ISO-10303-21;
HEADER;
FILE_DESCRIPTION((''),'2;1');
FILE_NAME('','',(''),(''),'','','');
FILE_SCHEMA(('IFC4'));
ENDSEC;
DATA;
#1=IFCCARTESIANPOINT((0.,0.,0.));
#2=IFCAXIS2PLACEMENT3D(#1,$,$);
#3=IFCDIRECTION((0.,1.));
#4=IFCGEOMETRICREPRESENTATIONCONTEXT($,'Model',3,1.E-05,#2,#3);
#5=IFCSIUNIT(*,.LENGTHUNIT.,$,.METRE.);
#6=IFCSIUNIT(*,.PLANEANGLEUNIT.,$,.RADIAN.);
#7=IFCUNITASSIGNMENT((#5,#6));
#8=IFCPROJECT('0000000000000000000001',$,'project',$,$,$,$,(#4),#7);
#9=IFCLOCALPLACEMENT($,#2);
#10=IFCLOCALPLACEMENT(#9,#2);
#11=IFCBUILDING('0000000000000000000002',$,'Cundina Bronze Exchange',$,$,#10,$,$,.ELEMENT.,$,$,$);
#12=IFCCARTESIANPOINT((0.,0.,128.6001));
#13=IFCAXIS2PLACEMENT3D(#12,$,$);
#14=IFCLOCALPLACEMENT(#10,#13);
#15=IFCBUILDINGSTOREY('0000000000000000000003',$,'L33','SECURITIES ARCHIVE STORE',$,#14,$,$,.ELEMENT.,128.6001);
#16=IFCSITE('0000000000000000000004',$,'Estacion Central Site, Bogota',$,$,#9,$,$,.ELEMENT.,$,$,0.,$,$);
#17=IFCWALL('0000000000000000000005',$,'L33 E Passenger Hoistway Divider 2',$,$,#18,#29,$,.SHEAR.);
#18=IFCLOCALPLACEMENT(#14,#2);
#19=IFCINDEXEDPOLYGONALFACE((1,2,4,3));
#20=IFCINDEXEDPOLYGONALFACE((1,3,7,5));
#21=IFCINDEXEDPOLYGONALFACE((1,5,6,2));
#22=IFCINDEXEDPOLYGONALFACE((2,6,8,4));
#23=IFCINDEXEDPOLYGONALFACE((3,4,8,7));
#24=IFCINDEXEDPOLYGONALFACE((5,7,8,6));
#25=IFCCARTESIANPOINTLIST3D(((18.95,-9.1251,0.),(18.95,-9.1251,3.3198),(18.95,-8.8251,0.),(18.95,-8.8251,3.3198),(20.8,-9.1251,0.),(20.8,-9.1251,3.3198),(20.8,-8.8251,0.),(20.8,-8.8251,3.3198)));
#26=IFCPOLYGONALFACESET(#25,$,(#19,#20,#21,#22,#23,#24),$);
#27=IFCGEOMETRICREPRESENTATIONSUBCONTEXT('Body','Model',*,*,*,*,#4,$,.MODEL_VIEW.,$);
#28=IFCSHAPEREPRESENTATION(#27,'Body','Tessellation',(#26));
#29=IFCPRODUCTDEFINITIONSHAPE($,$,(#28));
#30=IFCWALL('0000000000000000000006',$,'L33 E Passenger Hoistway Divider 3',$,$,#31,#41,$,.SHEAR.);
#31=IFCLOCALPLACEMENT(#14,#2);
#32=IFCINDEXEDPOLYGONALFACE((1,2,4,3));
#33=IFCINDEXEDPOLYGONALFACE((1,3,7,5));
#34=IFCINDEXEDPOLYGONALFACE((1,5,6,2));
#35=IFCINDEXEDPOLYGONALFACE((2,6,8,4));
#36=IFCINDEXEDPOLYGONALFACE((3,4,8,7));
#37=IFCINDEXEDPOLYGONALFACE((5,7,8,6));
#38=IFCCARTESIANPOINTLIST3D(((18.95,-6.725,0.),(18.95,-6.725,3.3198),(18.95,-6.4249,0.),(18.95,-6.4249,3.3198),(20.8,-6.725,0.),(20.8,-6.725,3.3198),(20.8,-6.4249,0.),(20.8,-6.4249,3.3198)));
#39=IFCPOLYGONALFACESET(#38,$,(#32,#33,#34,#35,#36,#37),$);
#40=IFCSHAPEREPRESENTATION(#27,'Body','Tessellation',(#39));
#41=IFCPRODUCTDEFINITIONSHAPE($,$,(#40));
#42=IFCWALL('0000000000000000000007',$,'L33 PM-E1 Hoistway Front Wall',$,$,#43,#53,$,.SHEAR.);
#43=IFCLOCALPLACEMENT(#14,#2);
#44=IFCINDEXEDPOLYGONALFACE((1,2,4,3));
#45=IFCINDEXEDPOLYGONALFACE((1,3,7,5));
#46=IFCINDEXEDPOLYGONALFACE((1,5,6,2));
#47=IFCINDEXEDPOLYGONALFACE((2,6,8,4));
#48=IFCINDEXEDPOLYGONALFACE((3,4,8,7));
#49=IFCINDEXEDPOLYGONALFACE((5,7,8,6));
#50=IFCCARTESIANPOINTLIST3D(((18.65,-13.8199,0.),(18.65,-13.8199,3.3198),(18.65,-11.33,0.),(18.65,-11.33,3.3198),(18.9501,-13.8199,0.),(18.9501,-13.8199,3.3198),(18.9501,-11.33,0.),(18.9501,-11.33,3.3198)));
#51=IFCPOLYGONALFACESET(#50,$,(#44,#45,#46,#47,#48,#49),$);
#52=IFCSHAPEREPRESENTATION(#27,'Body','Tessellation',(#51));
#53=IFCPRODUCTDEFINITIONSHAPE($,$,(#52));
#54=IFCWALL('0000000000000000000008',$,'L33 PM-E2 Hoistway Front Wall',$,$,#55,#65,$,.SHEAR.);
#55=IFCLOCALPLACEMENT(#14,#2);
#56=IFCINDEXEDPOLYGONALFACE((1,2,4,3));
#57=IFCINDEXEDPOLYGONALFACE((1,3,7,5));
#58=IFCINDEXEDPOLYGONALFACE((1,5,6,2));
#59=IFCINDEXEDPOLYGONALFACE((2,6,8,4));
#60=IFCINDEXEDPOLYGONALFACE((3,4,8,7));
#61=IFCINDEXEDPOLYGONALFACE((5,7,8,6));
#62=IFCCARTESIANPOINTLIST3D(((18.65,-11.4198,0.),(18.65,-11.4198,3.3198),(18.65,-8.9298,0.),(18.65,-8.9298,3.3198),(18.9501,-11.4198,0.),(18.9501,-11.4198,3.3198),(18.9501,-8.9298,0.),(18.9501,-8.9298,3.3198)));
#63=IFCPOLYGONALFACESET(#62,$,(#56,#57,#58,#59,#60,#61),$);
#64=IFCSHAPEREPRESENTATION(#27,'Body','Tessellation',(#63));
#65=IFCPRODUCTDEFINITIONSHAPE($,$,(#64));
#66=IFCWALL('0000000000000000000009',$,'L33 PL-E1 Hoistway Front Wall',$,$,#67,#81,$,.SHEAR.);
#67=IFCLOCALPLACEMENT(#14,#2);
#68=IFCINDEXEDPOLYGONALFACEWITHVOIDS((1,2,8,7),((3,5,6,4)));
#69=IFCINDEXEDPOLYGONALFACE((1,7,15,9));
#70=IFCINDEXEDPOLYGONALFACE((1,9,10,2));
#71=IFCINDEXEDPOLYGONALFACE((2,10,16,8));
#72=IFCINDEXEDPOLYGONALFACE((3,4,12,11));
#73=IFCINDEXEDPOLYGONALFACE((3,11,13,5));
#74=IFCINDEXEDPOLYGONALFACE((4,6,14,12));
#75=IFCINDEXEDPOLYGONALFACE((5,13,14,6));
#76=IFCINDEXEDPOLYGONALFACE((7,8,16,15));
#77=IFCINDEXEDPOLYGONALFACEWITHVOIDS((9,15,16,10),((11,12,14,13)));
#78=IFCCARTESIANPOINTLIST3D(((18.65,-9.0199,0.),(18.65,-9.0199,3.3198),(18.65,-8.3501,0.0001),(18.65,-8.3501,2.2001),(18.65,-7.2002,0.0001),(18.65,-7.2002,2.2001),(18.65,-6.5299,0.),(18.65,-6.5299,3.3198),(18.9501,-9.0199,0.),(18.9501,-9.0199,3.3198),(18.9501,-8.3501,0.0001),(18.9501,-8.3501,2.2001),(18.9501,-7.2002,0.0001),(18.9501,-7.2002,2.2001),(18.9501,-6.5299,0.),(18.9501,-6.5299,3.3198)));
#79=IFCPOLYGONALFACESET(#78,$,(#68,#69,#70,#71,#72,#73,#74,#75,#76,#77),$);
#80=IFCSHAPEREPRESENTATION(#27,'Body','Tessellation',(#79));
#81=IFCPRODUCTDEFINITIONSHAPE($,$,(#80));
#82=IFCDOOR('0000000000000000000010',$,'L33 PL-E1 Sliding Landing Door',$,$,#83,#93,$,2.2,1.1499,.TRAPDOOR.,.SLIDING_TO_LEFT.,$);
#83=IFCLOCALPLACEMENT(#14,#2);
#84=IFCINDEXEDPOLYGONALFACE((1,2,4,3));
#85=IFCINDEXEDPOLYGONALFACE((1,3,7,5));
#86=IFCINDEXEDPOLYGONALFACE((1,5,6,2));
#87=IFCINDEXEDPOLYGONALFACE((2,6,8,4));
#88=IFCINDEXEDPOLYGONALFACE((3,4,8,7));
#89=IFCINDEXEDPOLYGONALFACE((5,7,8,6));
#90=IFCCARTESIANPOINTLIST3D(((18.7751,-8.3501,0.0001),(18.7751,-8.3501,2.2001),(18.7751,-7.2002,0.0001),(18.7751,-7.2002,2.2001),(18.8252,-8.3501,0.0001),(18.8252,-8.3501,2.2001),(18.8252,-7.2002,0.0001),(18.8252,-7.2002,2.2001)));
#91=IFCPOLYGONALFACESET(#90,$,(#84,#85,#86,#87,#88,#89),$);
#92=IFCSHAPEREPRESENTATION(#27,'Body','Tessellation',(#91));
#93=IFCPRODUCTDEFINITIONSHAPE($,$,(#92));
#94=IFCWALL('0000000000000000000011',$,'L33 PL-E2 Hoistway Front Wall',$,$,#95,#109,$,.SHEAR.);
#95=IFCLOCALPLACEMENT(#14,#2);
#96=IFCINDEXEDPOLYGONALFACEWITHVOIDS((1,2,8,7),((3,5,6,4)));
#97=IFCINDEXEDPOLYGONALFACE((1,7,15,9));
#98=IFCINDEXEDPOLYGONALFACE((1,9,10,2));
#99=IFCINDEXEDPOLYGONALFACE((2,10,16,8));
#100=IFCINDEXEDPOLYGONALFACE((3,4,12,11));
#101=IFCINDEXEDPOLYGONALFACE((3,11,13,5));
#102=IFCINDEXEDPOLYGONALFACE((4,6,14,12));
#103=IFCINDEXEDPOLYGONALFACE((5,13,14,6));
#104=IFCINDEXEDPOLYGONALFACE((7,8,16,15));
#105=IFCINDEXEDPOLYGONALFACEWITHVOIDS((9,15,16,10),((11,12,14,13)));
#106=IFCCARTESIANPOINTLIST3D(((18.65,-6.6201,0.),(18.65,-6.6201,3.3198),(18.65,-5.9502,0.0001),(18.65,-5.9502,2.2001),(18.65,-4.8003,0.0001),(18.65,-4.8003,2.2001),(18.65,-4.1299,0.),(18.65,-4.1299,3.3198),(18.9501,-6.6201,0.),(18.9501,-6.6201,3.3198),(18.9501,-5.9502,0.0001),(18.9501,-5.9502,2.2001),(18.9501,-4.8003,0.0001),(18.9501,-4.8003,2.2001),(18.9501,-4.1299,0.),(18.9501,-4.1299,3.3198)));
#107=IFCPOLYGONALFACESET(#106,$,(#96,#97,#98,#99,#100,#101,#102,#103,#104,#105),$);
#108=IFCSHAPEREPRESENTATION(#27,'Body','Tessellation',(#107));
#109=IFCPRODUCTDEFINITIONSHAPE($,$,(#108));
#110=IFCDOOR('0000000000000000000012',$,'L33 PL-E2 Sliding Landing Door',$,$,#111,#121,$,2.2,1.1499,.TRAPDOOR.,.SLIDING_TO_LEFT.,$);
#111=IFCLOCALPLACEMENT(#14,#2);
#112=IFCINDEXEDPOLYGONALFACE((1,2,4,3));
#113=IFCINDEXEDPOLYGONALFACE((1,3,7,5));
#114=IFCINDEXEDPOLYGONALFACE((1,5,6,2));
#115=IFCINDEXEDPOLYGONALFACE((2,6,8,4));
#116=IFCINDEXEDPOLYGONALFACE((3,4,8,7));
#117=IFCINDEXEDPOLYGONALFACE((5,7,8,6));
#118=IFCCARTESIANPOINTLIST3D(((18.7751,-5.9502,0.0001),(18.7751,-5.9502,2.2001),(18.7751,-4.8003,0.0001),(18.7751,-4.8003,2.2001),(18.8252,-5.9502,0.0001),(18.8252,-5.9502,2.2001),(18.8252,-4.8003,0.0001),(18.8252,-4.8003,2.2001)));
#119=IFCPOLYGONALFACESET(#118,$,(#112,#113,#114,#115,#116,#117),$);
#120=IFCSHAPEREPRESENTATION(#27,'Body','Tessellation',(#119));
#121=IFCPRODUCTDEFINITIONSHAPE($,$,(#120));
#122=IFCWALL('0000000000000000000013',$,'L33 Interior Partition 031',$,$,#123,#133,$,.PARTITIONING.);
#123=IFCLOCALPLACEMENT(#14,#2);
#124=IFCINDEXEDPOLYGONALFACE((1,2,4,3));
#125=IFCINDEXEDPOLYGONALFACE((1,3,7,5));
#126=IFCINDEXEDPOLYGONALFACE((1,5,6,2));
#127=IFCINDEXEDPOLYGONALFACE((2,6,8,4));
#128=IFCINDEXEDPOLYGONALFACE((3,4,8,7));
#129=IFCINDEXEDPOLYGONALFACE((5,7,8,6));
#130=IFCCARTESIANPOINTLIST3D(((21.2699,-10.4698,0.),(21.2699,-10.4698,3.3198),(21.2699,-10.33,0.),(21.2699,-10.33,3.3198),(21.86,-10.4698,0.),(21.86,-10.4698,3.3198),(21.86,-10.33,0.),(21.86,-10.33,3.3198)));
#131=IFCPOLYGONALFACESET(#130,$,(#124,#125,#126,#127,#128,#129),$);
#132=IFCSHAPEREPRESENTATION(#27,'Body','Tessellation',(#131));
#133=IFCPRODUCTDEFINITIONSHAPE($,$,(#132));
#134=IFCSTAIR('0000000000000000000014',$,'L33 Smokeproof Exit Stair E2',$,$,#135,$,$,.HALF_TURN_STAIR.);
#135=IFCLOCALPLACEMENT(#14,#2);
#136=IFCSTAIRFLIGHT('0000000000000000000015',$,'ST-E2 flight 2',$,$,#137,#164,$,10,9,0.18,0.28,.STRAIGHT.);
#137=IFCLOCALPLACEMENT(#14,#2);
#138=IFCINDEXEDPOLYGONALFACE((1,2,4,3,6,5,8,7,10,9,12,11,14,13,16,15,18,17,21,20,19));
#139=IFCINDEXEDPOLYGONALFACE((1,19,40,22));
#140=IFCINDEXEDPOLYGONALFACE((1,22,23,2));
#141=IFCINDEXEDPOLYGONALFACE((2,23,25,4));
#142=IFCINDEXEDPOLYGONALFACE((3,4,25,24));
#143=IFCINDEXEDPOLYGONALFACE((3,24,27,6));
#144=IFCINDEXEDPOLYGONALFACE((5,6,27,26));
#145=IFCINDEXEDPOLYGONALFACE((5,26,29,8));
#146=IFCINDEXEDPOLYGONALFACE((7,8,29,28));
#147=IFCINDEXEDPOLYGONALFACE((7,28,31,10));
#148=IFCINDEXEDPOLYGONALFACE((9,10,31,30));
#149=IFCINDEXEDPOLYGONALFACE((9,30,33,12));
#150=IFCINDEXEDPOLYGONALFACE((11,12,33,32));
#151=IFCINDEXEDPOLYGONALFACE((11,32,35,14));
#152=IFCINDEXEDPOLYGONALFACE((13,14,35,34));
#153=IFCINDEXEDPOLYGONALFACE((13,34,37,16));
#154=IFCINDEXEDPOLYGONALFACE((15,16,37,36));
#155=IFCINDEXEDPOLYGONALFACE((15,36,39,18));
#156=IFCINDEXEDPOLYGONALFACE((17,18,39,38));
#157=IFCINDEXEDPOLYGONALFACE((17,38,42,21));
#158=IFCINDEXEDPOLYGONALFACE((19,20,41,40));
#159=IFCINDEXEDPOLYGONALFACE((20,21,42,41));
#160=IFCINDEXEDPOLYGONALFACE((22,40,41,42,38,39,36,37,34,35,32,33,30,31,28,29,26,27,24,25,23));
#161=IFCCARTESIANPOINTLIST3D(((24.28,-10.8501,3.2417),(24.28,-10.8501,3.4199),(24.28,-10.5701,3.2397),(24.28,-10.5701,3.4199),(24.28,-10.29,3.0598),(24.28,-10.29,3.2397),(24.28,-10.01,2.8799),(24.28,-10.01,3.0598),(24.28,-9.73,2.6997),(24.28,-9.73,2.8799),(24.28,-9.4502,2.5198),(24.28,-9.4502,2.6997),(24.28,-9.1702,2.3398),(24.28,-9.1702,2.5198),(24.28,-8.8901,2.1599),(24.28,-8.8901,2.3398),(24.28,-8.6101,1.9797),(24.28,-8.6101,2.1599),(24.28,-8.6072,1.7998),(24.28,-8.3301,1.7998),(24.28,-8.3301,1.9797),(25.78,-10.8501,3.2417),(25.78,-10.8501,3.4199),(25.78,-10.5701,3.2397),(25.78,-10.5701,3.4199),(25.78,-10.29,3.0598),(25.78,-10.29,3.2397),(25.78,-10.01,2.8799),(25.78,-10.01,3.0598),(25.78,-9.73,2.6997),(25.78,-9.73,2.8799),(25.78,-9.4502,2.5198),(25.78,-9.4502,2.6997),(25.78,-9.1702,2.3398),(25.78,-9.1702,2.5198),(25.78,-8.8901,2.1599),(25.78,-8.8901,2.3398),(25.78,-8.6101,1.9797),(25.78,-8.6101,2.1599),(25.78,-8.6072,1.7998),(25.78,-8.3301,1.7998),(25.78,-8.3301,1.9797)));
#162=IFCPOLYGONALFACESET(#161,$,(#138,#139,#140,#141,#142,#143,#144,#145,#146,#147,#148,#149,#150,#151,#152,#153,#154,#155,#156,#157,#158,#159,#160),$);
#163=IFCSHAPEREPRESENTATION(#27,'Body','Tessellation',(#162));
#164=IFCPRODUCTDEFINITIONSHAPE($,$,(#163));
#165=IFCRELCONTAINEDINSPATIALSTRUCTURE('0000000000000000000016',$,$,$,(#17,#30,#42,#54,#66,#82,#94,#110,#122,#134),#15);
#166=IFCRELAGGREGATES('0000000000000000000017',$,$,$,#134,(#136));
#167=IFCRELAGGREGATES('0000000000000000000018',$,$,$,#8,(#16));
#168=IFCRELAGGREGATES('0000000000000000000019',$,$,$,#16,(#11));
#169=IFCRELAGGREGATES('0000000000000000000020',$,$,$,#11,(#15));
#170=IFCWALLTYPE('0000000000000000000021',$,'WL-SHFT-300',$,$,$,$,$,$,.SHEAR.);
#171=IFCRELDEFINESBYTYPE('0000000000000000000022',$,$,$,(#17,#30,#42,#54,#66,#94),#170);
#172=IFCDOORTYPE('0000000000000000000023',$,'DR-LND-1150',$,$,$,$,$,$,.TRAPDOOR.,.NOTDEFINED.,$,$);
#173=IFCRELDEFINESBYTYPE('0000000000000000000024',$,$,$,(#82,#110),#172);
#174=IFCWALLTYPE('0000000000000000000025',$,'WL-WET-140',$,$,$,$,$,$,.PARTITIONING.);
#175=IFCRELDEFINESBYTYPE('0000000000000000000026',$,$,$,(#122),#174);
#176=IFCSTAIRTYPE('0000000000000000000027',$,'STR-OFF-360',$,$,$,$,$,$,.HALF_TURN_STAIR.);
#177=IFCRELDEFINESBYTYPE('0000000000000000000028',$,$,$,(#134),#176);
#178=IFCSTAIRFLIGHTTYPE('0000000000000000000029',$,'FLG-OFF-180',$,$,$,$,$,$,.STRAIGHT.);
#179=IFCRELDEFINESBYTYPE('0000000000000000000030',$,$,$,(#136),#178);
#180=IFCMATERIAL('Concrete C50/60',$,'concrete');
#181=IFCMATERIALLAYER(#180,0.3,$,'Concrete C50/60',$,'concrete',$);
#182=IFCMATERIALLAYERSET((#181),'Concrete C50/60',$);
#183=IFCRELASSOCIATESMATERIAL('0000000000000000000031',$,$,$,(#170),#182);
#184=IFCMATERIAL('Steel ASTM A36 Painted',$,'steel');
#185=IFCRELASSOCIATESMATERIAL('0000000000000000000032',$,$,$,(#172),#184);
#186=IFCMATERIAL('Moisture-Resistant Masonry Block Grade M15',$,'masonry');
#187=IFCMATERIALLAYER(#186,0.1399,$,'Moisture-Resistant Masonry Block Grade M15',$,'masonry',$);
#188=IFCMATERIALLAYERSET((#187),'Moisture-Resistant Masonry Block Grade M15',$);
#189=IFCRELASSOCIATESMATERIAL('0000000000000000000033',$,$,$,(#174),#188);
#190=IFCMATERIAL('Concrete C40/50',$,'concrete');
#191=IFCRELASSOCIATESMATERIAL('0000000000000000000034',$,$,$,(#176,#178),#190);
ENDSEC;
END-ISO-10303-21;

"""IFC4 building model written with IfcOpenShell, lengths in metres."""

from ifc_helpers import new_model, si_unit, direction, frame, frame_2d, origin, place, context, subcontext, project, spatial, polyline, rectangle, outline, extrude, material, layer, layer_set, type_object, element, fill, aggregate, save


model = new_model("IFC4")

# Units and contexts
model_context = context("Model", 3, precision=1e-05, world=origin(), true_north=direction((0.0, 1.0)))
body_context = subcontext(model_context, "Body", "Model", "MODEL_VIEW")
ifc_project = project(units=[si_unit("LENGTHUNIT", "METRE"), si_unit("PLANEANGLEUNIT", "RADIAN")], contexts=[model_context])

# Site, building, storey
site_placement = place(None, origin())
site = spatial("IfcSite", under=ifc_project, at=site_placement, Name="Estacion Central Site, Bogota", CompositionType="ELEMENT", RefElevation=0.0)
building_placement = place(site_placement, origin())
building = spatial("IfcBuilding", under=site, at=building_placement, Name="Cundina Bronze Exchange", CompositionType="ELEMENT")
storey_placement = place(building_placement, frame((0.0, 0.0, 128.6001)))
storey = spatial("IfcBuildingStorey", under=building, at=storey_placement, Name="L33", Description="SECURITIES ARCHIVE STORE", CompositionType="ELEMENT", Elevation=128.6001)

# Shared definitions
ifc_material_1 = material(Name="Concrete C50/60", Category="concrete")
ifc_layer_1 = layer(ifc_material_1, 0.3, Name="Concrete C50/60", Category="concrete")
ifc_layer_set_1 = layer_set([ifc_layer_1], Name="Concrete C50/60")
wall_type_1 = type_object("IfcWallType", Name="WL-SHFT-300", PredefinedType="SHEAR", material=ifc_layer_set_1)

# Shared definitions
ifc_material_2 = material(Name="Steel ASTM A36 Painted", Category="steel")
door_type_1 = type_object("IfcDoorType", Name="DR-LND-1150", OperationType="NOTDEFINED", PredefinedType="TRAPDOOR", material=ifc_material_2)

# Walls
for number, where, z_axis, x_axis, name in (
    (1, (18.95, -8.9751, 0.0), (0.0, 0.0, 1.0), (1.0, 0.0, 0.0), "L33 E Passenger Hoistway Divider 2"),
    (2, (18.95, -6.575, 0.0), (0.0, 0.0, 1.0), (1.0, 0.0, 0.0), "L33 E Passenger Hoistway Divider 3"),
):
    element("IfcWall", number, at=place(storey_placement, frame(where, z_axis=z_axis, x_axis=x_axis)), inside=storey, type_object=wall_type_1, Name=name, PredefinedType="SHEAR", context=body_context, shape_type="SweptSolid", body=[
        extrude(rectangle(XDim=1.8501, YDim=0.3, at=frame_2d((0.925, 0.0))), origin(), (0.0, 0.0, 1.0), 3.3198),
    ])
for number, where, z_axis, x_axis, name in (
    (3, (18.8, -13.8201, 0.0), (0.0, 0.0, 1.0), (0.0, 1.0, 0.0), "L33 PM-E1 Hoistway Front Wall"),
    (4, (18.8, -11.4199, 0.0), (0.0, 0.0, 1.0), (0.0, 1.0, 0.0), "L33 PM-E2 Hoistway Front Wall"),
):
    element("IfcWall", number, at=place(storey_placement, frame(where, z_axis=z_axis, x_axis=x_axis)), inside=storey, type_object=wall_type_1, Name=name, PredefinedType="SHEAR", context=body_context, shape_type="SweptSolid", body=[
        extrude(rectangle(XDim=2.49, YDim=0.3, at=frame_2d((1.2451, 0.0))), origin(), (0.0, 0.0, 1.0), 3.3198),
    ])

# Walls, openings, doors
wall_1_placement = place(storey_placement, frame((18.8, -9.02, 0.0), z_axis=(0.0, 0.0, 1.0), x_axis=(0.0, 1.0, 0.0)))
wall_1 = element("IfcWall", 5, at=wall_1_placement, inside=storey, type_object=wall_type_1, Name="L33 PL-E1 Hoistway Front Wall", PredefinedType="SHEAR", context=body_context, shape_type="SweptSolid", body=[
    extrude(rectangle(XDim=2.49, YDim=0.3, at=frame_2d((1.2451, 0.0))), origin(), (0.0, 0.0, 1.0), 3.3198),
])
opening_1_placement = place(wall_1_placement, frame((0.6699, 0.0, 0.0)))
opening_1 = element("IfcOpeningElement", 6, at=opening_1_placement, cuts=wall_1, PredefinedType="OPENING", context=body_context, shape_type="SweptSolid", body=[
    extrude(rectangle(XDim=1.1499, YDim=2.2, at=frame_2d((0.575, 1.1001))), frame((0.0, 0.1599, 0.0), z_axis=(0.0, -1.0, 0.0), x_axis=(1.0, 0.0, 0.0)), (0.0, 0.0, 1.0), 0.3201),
])
door_1_placement = place(opening_1_placement, origin())
door_1 = element("IfcDoor", 7, at=door_1_placement, inside=storey, type_object=door_type_1, Name="L33 PL-E1 Sliding Landing Door", OperationType="SLIDING_TO_LEFT", OverallHeight=2.2, OverallWidth=1.1499, PredefinedType="TRAPDOOR", context=body_context, shape_type="SweptSolid", body=[
    extrude(rectangle(XDim=1.1499, YDim=2.2, at=frame_2d((0.575, 1.1001))), frame((0.0, 0.0249, 0.0), z_axis=(0.0, -1.0, 0.0), x_axis=(1.0, 0.0, 0.0)), (0.0, 0.0, 1.0), 0.05),
])
fill(opening_1, door_1)
wall_2_placement = place(storey_placement, frame((18.8, -6.6201, 0.0), z_axis=(0.0, 0.0, 1.0), x_axis=(0.0, 1.0, 0.0)))
wall_2 = element("IfcWall", 8, at=wall_2_placement, inside=storey, type_object=wall_type_1, Name="L33 PL-E2 Hoistway Front Wall", PredefinedType="SHEAR", context=body_context, shape_type="SweptSolid", body=[
    extrude(rectangle(XDim=2.4902, YDim=0.3, at=frame_2d((1.2451, 0.0))), origin(), (0.0, 0.0, 1.0), 3.3198),
])
opening_2_placement = place(wall_2_placement, frame((0.6699, 0.0, 0.0)))
opening_2 = element("IfcOpeningElement", 9, at=opening_2_placement, cuts=wall_2, PredefinedType="OPENING", context=body_context, shape_type="SweptSolid", body=[
    extrude(rectangle(XDim=1.1499, YDim=2.2, at=frame_2d((0.575, 1.1001))), frame((0.0, 0.1599, 0.0), z_axis=(0.0, -1.0, 0.0), x_axis=(1.0, 0.0, 0.0)), (0.0, 0.0, 1.0), 0.3201),
])
door_2_placement = place(opening_2_placement, origin())
door_2 = element("IfcDoor", 10, at=door_2_placement, inside=storey, type_object=door_type_1, Name="L33 PL-E2 Sliding Landing Door", OperationType="SLIDING_TO_LEFT", OverallHeight=2.2, OverallWidth=1.1499, PredefinedType="TRAPDOOR", context=body_context, shape_type="SweptSolid", body=[
    extrude(rectangle(XDim=1.1499, YDim=2.2, at=frame_2d((0.575, 1.1001))), frame((0.0, 0.0249, 0.0), z_axis=(0.0, -1.0, 0.0), x_axis=(1.0, 0.0, 0.0)), (0.0, 0.0, 1.0), 0.05),
])
fill(opening_2, door_2)

# Wall
ifc_material_3 = material(Name="Moisture-Resistant Masonry Block Grade M15", Category="masonry")
ifc_layer_2 = layer(ifc_material_3, 0.1399, Name="Moisture-Resistant Masonry Block Grade M15", Category="masonry")
ifc_layer_set_2 = layer_set([ifc_layer_2], Name="Moisture-Resistant Masonry Block Grade M15")
wall_type_2 = type_object("IfcWallType", Name="WL-WET-140", PredefinedType="PARTITIONING", material=ifc_layer_set_2)
wall_3_placement = place(storey_placement, frame((21.27, -10.3999, 0.0), z_axis=(0.0, 0.0, 1.0), x_axis=(1.0, 0.0, 0.0)))
element("IfcWall", 11, at=wall_3_placement, inside=storey, type_object=wall_type_2, Name="L33 Interior Partition 031", PredefinedType="PARTITIONING", context=body_context, shape_type="SweptSolid", body=[
    extrude(rectangle(XDim=0.5901, YDim=0.1399, at=frame_2d((0.2949, 0.0))), origin(), (0.0, 0.0, 1.0), 3.3198),
])

# Stair, stair flight
ifc_material_4 = material(Name="Concrete C40/50", Category="concrete")
stair_type = type_object("IfcStairType", Name="STR-OFF-360", PredefinedType="HALF_TURN_STAIR", material=ifc_material_4)
stair_placement = place(storey_placement, origin())
stair = element("IfcStair", 12, at=stair_placement, inside=storey, type_object=stair_type, Name="L33 Smokeproof Exit Stair E2", PredefinedType="HALF_TURN_STAIR")
stair_flight_type = type_object("IfcStairFlightType", Name="FLG-OFF-180", PredefinedType="STRAIGHT", material=ifc_material_4)
stair_flight_placement = place(storey_placement, frame((25.03, -8.3301, 1.7998), z_axis=(0.0, 0.0, 1.0), x_axis=(0.0, -1.0, 0.0)))
stair_flight = element("IfcStairFlight", 13, at=stair_flight_placement, type_object=stair_flight_type, Name="ST-E2 flight 2", NumberOfRisers=10, NumberOfTreads=9, PredefinedType="STRAIGHT", RiserHeight=0.18, TreadLength=0.28, context=body_context, shape_type="SweptSolid", body=[
    extrude(outline(polyline([(0.0, 0.0), (0.0, 0.1799), (0.28, 0.1799), (0.28, 0.3601), (0.5601, 0.3601), (0.5601, 0.54), (0.8401, 0.54), (0.8401, 0.72), (1.1201, 0.72), (1.1201, 0.8999), (1.3999, 0.8999), (1.3999, 1.0801), (1.6799, 1.0801), (1.6799, 1.26), (1.96, 1.26), (1.96, 1.4399), (2.24, 1.4399), (2.24, 1.6201), (2.52, 1.6201), (2.52, 1.8), (2.52, 1.4419), (0.2771, 0.0), (0.0, 0.0)])), frame((0.0, 0.75, 0.0), z_axis=(0.0, -1.0, 0.0), x_axis=(1.0, 0.0, 0.0)), (0.0, 0.0, 1.0), 1.5),
])
aggregate(stair, [stair_flight])

save(model, "model.ifc")
